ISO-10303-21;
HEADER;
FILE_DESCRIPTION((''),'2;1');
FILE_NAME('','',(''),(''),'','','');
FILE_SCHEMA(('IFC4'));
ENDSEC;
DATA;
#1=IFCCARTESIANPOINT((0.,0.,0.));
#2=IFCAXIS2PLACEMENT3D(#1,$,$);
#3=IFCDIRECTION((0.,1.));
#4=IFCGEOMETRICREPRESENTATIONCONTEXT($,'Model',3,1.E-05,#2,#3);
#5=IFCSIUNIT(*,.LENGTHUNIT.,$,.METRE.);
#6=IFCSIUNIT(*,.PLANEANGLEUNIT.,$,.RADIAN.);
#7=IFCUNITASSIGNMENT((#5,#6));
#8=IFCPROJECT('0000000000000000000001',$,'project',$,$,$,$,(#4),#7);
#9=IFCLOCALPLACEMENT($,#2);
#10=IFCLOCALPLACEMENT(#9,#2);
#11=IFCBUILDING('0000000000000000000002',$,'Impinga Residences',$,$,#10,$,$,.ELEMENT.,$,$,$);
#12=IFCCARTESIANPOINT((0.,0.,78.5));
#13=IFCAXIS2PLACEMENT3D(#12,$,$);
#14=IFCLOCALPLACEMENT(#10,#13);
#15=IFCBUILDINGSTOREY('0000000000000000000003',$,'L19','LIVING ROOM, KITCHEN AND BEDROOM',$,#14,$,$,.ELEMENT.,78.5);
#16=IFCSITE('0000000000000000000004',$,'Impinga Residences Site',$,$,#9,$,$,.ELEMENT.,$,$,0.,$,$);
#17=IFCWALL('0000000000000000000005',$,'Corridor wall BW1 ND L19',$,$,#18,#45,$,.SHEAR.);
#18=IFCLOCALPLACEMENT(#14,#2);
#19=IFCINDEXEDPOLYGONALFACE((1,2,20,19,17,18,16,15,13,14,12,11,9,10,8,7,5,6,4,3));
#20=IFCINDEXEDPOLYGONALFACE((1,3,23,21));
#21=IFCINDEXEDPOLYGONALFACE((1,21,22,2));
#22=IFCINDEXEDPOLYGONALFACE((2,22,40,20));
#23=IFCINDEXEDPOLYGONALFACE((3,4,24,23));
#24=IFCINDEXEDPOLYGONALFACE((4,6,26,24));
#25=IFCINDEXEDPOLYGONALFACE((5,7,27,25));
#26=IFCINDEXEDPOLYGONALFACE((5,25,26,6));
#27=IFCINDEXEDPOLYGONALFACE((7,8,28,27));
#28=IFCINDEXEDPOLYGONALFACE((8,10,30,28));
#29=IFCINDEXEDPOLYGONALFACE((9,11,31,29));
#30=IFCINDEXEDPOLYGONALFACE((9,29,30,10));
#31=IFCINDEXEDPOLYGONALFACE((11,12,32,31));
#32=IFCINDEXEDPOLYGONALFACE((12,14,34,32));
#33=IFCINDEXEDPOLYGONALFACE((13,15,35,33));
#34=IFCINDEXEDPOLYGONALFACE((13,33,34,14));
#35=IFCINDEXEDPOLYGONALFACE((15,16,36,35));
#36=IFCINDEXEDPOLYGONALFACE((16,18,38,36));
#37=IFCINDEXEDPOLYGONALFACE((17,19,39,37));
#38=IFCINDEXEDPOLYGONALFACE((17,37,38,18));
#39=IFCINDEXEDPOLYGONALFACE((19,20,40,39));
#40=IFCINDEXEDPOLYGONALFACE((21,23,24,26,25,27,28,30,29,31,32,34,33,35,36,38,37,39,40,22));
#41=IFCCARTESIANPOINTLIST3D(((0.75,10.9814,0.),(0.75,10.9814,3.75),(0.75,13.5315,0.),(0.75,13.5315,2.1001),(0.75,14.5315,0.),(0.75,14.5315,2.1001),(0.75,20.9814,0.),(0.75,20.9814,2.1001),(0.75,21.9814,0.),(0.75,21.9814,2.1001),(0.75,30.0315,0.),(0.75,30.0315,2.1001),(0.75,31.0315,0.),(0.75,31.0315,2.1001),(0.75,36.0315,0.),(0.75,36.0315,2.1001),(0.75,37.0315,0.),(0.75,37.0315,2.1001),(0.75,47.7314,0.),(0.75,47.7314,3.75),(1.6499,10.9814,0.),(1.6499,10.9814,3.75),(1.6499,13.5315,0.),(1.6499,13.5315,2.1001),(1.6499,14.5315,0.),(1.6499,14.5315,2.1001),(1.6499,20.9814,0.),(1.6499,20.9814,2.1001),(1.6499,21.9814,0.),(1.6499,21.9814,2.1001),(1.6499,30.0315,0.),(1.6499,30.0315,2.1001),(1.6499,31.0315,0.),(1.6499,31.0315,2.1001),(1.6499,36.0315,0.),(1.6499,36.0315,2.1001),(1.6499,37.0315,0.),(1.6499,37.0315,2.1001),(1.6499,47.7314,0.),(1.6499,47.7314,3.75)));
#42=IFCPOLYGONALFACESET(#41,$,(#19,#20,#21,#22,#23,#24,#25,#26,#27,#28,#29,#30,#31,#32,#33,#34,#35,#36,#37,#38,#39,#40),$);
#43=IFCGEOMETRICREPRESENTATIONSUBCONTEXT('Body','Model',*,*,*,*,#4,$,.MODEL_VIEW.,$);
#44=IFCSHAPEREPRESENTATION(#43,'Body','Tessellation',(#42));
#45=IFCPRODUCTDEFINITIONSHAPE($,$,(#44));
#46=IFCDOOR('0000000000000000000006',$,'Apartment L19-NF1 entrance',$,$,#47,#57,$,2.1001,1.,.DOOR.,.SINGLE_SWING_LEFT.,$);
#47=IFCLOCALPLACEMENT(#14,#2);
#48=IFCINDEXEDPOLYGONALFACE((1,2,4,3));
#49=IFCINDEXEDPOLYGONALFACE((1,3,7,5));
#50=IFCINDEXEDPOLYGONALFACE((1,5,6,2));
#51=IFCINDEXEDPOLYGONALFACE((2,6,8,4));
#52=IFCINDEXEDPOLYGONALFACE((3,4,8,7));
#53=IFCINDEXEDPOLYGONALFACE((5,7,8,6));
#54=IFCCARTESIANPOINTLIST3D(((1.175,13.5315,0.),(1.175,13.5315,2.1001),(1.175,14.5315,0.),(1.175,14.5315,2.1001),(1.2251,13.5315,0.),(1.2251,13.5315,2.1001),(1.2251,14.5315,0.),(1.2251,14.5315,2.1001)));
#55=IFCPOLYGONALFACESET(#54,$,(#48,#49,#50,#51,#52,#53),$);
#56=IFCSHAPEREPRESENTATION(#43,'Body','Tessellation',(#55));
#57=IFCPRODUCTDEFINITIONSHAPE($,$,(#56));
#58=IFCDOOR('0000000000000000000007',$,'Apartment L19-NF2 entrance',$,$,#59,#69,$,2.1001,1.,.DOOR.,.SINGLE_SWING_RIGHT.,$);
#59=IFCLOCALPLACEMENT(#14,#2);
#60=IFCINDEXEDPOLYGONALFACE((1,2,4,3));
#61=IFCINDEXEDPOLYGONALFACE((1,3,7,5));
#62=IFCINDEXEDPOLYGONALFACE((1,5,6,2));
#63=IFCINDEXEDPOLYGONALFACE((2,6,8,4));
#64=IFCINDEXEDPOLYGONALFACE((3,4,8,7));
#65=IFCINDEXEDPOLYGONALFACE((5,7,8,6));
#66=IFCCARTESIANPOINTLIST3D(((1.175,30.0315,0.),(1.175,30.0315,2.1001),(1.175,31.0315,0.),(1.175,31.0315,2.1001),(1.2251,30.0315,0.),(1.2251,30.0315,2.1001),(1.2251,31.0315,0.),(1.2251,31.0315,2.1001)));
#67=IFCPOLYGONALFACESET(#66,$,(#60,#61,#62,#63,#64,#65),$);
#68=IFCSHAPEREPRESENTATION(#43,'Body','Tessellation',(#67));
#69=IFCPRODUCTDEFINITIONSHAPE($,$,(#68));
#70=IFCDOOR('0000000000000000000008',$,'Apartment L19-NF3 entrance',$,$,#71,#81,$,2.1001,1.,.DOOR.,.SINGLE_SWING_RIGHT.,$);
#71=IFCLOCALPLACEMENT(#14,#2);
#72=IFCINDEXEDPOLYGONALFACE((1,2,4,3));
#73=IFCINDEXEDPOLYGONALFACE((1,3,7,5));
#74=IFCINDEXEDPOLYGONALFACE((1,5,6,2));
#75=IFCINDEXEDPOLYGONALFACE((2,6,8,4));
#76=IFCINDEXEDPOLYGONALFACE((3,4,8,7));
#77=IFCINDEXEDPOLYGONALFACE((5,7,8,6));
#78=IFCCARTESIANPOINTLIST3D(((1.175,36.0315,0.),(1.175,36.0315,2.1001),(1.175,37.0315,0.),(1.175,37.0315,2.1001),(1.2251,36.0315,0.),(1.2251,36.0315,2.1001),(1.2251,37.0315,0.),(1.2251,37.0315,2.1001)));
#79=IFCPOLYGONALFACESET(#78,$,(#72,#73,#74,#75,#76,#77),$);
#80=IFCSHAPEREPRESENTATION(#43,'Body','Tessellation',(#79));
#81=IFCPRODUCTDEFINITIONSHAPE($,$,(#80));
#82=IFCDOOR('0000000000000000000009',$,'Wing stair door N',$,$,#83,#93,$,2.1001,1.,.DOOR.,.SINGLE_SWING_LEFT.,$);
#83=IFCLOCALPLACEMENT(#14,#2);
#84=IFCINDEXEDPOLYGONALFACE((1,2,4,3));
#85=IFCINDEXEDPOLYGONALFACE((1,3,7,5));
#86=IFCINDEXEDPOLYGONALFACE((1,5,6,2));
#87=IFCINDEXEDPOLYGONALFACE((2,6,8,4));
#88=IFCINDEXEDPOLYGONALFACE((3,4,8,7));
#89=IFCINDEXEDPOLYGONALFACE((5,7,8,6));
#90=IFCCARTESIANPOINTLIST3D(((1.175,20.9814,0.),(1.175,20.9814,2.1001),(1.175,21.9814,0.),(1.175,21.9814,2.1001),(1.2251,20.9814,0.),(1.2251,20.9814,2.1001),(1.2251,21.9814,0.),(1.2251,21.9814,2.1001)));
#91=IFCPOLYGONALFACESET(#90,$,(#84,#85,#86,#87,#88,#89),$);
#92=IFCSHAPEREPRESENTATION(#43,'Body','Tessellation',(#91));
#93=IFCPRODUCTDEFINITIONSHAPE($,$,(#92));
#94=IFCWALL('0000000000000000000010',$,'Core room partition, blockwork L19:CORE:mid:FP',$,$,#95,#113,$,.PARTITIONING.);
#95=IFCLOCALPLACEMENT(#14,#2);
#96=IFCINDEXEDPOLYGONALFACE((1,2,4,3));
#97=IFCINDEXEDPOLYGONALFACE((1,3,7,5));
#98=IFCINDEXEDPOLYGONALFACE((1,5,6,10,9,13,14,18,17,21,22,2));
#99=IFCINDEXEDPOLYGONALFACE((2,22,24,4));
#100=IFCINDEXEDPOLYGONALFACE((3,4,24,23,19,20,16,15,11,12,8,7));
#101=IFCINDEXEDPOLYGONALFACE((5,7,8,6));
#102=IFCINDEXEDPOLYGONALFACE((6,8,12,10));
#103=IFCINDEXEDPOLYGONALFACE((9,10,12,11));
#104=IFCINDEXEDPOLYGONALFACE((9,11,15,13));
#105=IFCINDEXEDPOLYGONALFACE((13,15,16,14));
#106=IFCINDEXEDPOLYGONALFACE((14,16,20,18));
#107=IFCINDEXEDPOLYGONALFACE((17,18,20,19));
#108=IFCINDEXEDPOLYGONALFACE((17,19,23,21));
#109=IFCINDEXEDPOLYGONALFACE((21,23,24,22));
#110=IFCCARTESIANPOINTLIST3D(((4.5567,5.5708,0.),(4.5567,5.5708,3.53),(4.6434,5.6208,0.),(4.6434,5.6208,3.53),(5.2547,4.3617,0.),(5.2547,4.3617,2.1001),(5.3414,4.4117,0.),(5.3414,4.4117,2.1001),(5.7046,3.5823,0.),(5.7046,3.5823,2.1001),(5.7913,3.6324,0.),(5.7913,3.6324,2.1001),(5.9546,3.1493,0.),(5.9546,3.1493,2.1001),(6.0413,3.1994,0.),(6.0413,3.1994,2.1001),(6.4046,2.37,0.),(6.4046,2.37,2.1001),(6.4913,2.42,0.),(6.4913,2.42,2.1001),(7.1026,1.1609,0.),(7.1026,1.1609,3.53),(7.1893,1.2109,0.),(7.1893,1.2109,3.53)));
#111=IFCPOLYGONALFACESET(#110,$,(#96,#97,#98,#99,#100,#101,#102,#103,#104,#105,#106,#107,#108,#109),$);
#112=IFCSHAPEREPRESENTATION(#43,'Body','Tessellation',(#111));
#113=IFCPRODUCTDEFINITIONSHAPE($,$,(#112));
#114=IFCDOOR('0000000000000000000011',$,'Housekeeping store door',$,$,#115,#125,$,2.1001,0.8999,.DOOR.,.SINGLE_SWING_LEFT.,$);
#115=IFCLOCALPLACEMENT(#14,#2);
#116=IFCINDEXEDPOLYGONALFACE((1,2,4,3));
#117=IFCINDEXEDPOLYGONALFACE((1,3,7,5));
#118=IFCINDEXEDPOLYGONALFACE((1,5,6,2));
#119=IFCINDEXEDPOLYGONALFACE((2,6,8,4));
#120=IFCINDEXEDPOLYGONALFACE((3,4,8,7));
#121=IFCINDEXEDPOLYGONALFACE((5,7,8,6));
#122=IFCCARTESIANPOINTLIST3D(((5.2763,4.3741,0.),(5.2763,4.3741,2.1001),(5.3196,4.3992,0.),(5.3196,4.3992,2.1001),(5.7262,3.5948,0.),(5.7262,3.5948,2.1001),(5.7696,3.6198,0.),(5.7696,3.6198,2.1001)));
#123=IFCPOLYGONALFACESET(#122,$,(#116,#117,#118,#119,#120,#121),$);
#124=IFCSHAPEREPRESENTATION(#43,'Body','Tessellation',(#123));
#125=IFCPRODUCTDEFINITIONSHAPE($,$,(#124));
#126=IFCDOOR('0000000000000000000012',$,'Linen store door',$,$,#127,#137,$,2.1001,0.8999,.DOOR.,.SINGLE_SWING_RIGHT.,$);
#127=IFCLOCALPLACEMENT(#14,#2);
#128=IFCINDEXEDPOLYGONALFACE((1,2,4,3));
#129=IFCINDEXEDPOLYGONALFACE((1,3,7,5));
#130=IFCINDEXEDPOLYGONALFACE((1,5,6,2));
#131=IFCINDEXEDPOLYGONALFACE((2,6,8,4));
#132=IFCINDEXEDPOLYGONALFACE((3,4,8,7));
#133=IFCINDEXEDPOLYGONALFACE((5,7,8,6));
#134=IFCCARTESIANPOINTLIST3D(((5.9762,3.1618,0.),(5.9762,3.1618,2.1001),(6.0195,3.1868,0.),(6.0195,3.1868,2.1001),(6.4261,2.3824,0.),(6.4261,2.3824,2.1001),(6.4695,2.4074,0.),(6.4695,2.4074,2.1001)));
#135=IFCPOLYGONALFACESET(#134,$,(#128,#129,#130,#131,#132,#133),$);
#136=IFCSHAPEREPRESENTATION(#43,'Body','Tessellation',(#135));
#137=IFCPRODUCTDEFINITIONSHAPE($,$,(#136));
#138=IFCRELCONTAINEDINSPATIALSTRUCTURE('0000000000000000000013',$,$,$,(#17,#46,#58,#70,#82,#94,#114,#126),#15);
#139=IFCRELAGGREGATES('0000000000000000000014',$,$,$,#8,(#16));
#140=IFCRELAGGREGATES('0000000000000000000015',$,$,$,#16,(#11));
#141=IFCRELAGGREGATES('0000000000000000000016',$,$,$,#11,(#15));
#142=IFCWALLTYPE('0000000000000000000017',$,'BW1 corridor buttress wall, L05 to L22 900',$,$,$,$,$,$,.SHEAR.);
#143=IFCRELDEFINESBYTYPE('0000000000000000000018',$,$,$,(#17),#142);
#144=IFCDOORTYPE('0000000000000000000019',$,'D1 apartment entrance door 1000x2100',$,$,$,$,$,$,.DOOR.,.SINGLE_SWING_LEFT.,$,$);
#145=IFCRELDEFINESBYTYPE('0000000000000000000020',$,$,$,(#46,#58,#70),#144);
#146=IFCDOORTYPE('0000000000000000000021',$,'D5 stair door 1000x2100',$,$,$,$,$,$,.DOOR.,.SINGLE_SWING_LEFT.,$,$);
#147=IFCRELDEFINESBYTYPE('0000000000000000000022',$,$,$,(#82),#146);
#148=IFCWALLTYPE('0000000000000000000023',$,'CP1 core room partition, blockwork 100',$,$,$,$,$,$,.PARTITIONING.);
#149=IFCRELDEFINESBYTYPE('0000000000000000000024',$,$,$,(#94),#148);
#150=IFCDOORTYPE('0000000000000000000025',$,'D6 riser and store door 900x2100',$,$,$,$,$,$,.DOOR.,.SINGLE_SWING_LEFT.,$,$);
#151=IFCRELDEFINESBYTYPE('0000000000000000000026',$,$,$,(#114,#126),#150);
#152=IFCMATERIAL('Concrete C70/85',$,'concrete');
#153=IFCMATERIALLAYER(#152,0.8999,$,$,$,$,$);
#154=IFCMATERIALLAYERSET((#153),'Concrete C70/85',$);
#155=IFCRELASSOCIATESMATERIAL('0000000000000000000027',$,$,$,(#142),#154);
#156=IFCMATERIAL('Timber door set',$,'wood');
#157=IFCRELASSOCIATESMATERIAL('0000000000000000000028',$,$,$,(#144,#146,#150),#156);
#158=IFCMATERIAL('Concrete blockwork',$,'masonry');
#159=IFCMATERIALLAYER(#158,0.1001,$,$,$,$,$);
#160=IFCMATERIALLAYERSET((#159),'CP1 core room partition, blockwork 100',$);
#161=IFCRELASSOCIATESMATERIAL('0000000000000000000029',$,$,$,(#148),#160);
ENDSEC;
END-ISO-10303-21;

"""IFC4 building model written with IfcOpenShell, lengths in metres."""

from ifc_helpers import new_model, si_unit, direction, frame, frame_2d, origin, place, context, subcontext, project, spatial, rectangle, extrude, material, layer, layer_set, type_object, element, fill, save


model = new_model("IFC4")

# Units and contexts
model_context = context("Model", 3, precision=1e-05, world=origin(), true_north=direction((0.0, 1.0)))
body_context = subcontext(model_context, "Body", "Model", "MODEL_VIEW")
ifc_project = project(units=[si_unit("LENGTHUNIT", "METRE"), si_unit("PLANEANGLEUNIT", "RADIAN")], contexts=[model_context])

# Site, building, storey
site_placement = place(None, origin())
site = spatial("IfcSite", under=ifc_project, at=site_placement, Name="Impinga Residences Site", CompositionType="ELEMENT", RefElevation=0.0)
building_placement = place(site_placement, origin())
building = spatial("IfcBuilding", under=site, at=building_placement, Name="Impinga Residences", CompositionType="ELEMENT")
storey_placement = place(building_placement, frame((0.0, 0.0, 78.5)))
storey = spatial("IfcBuildingStorey", under=building, at=storey_placement, Name="L19", Description="LIVING ROOM, KITCHEN AND BEDROOM", CompositionType="ELEMENT", Elevation=78.5)

# Walls, openings, doors
ifc_material_1 = material(Name="Concrete C70/85", Category="concrete")
ifc_layer_1 = layer(ifc_material_1, 0.8999)
ifc_layer_set_1 = layer_set([ifc_layer_1], Name="Concrete C70/85")
wall_type_1 = type_object("IfcWallType", Name="BW1 corridor buttress wall, L05 to L22 900", PredefinedType="SHEAR", material=ifc_layer_set_1)
wall_1_placement = place(storey_placement, frame((1.2, 10.9814, 0.0), z_axis=(0.0, 0.0, 1.0), x_axis=(0.0, 1.0, 0.0)))
wall_1 = element("IfcWall", 1, at=wall_1_placement, inside=storey, type_object=wall_type_1, Name="Corridor wall BW1 ND L19", PredefinedType="SHEAR", context=body_context, shape_type="SweptSolid", body=[
    extrude(rectangle(XDim=36.75, YDim=0.8999, at=frame_2d((18.375, 0.0))), origin(), (0.0, 0.0, 1.0), 3.75),
])
opening_1_placement = place(wall_1_placement, frame((10.0, 0.0, 0.0)))
opening_1 = element("IfcOpeningElement", 2, at=opening_1_placement, cuts=wall_1, PredefinedType="OPENING", context=body_context, shape_type="SweptSolid", body=[
    extrude(rectangle(XDim=1.0, YDim=2.1001, at=frame_2d((0.5, 1.05))), frame((0.0, 0.46, 0.0), z_axis=(0.0, -1.0, 0.0), x_axis=(1.0, 0.0, 0.0)), (0.0, 0.0, 1.0), 0.9199),
])
opening_2_placement = place(wall_1_placement, frame((2.55, 0.0, 0.0)))
opening_2 = element("IfcOpeningElement", 3, at=opening_2_placement, cuts=wall_1, PredefinedType="OPENING", context=body_context, shape_type="SweptSolid", body=[
    extrude(rectangle(XDim=1.0, YDim=2.1001, at=frame_2d((0.5, 1.05))), frame((0.0, 0.46, 0.0), z_axis=(0.0, -1.0, 0.0), x_axis=(1.0, 0.0, 0.0)), (0.0, 0.0, 1.0), 0.9199),
])
opening_3_placement = place(wall_1_placement, frame((19.05, 0.0, 0.0)))
opening_3 = element("IfcOpeningElement", 4, at=opening_3_placement, cuts=wall_1, PredefinedType="OPENING", context=body_context, shape_type="SweptSolid", body=[
    extrude(rectangle(XDim=1.0, YDim=2.1001, at=frame_2d((0.5, 1.05))), frame((0.0, 0.46, 0.0), z_axis=(0.0, -1.0, 0.0), x_axis=(1.0, 0.0, 0.0)), (0.0, 0.0, 1.0), 0.9199),
])
opening_4_placement = place(wall_1_placement, frame((25.05, 0.0, 0.0)))
opening_4 = element("IfcOpeningElement", 5, at=opening_4_placement, cuts=wall_1, PredefinedType="OPENING", context=body_context, shape_type="SweptSolid", body=[
    extrude(rectangle(XDim=1.0, YDim=2.1001, at=frame_2d((0.5, 1.05))), frame((0.0, 0.46, 0.0), z_axis=(0.0, -1.0, 0.0), x_axis=(1.0, 0.0, 0.0)), (0.0, 0.0, 1.0), 0.9199),
])
ifc_material_2 = material(Name="Timber door set", Category="wood")
door_type_1 = type_object("IfcDoorType", Name="D1 apartment entrance door 1000x2100", OperationType="SINGLE_SWING_LEFT", PredefinedType="DOOR", material=ifc_material_2)
door_1_placement = place(opening_2_placement, origin())
door_1 = element("IfcDoor", 6, at=door_1_placement, inside=storey, type_object=door_type_1, Name="Apartment L19-NF1 entrance", OperationType="SINGLE_SWING_LEFT", OverallHeight=2.1001, OverallWidth=1.0, PredefinedType="DOOR", context=body_context, shape_type="SweptSolid", body=[
    extrude(rectangle(XDim=1.0, YDim=2.1001, at=frame_2d((0.5, 1.05))), frame((0.0, 0.0249, 0.0), z_axis=(0.0, -1.0, 0.0), x_axis=(1.0, 0.0, 0.0)), (0.0, 0.0, 1.0), 0.05),
])
fill(opening_2, door_1)
door_2_placement = place(opening_3_placement, origin())
door_2 = element("IfcDoor", 7, at=door_2_placement, inside=storey, type_object=door_type_1, Name="Apartment L19-NF2 entrance", OperationType="SINGLE_SWING_RIGHT", OverallHeight=2.1001, OverallWidth=1.0, PredefinedType="DOOR", context=body_context, shape_type="SweptSolid", body=[
    extrude(rectangle(XDim=1.0, YDim=2.1001, at=frame_2d((0.5, 1.05))), frame((0.0, 0.0249, 0.0), z_axis=(0.0, -1.0, 0.0), x_axis=(1.0, 0.0, 0.0)), (0.0, 0.0, 1.0), 0.05),
])
fill(opening_3, door_2)
door_3_placement = place(opening_4_placement, origin())
door_3 = element("IfcDoor", 8, at=door_3_placement, inside=storey, type_object=door_type_1, Name="Apartment L19-NF3 entrance", OperationType="SINGLE_SWING_RIGHT", OverallHeight=2.1001, OverallWidth=1.0, PredefinedType="DOOR", context=body_context, shape_type="SweptSolid", body=[
    extrude(rectangle(XDim=1.0, YDim=2.1001, at=frame_2d((0.5, 1.05))), frame((0.0, 0.0249, 0.0), z_axis=(0.0, -1.0, 0.0), x_axis=(1.0, 0.0, 0.0)), (0.0, 0.0, 1.0), 0.05),
])
fill(opening_4, door_3)
door_type_2 = type_object("IfcDoorType", Name="D5 stair door 1000x2100", OperationType="SINGLE_SWING_LEFT", PredefinedType="DOOR", material=ifc_material_2)
door_4_placement = place(opening_1_placement, origin())
door_4 = element("IfcDoor", 9, at=door_4_placement, inside=storey, type_object=door_type_2, Name="Wing stair door N", OperationType="SINGLE_SWING_LEFT", OverallHeight=2.1001, OverallWidth=1.0, PredefinedType="DOOR", context=body_context, shape_type="SweptSolid", body=[
    extrude(rectangle(XDim=1.0, YDim=2.1001, at=frame_2d((0.5, 1.05))), frame((0.0, 0.0249, 0.0), z_axis=(0.0, -1.0, 0.0), x_axis=(1.0, 0.0, 0.0)), (0.0, 0.0, 1.0), 0.05),
])
fill(opening_1, door_4)
ifc_material_3 = material(Name="Concrete blockwork", Category="masonry")
ifc_layer_2 = layer(ifc_material_3, 0.1001)
ifc_layer_set_2 = layer_set([ifc_layer_2], Name="CP1 core room partition, blockwork 100")
wall_type_2 = type_object("IfcWallType", Name="CP1 core room partition, blockwork 100", PredefinedType="PARTITIONING", material=ifc_layer_set_2)
wall_2_placement = place(storey_placement, frame((4.6001, 5.5957, 0.0), z_axis=(0.0, 0.0, 1.0), x_axis=(0.499976, -0.866039, 0.0)))
wall_2 = element("IfcWall", 10, at=wall_2_placement, inside=storey, type_object=wall_type_2, Name="Core room partition, blockwork L19:CORE:mid:FP", PredefinedType="PARTITIONING", context=body_context, shape_type="SweptSolid", body=[
    extrude(rectangle(XDim=5.092, YDim=0.1001, at=frame_2d((2.5459, 0.0))), origin(), (0.0, 0.0, 1.0), 3.53),
])
opening_5_placement = place(wall_2_placement, frame((1.396, 0.0, 0.0)))
opening_5 = element("IfcOpeningElement", 11, at=opening_5_placement, cuts=wall_2, PredefinedType="OPENING", context=body_context, shape_type="SweptSolid", body=[
    extrude(rectangle(XDim=0.8999, YDim=2.1001, at=frame_2d((0.45, 1.05))), frame((0.0, 0.0601, 0.0), z_axis=(0.0, -1.0, 0.0), x_axis=(1.0, 0.0, 0.0)), (0.0, 0.0, 1.0), 0.1201),
])
opening_6_placement = place(wall_2_placement, frame((2.7959, 0.0, 0.0)))
opening_6 = element("IfcOpeningElement", 12, at=opening_6_placement, cuts=wall_2, PredefinedType="OPENING", context=body_context, shape_type="SweptSolid", body=[
    extrude(rectangle(XDim=0.8999, YDim=2.1001, at=frame_2d((0.45, 1.05))), frame((0.0, 0.0601, 0.0), z_axis=(0.0, -1.0, 0.0), x_axis=(1.0, 0.0, 0.0)), (0.0, 0.0, 1.0), 0.1201),
])
door_type_3 = type_object("IfcDoorType", Name="D6 riser and store door 900x2100", OperationType="SINGLE_SWING_LEFT", PredefinedType="DOOR", material=ifc_material_2)
door_5_placement = place(opening_5_placement, origin())
door_5 = element("IfcDoor", 13, at=door_5_placement, inside=storey, type_object=door_type_3, Name="Housekeeping store door", OperationType="SINGLE_SWING_LEFT", OverallHeight=2.1001, OverallWidth=0.8999, PredefinedType="DOOR", context=body_context, shape_type="SweptSolid", body=[
    extrude(rectangle(XDim=0.8999, YDim=2.1001, at=frame_2d((0.45, 1.05))), frame((0.0, 0.0249, 0.0), z_axis=(0.0, -1.0, 0.0), x_axis=(1.0, 0.0, 0.0)), (0.0, 0.0, 1.0), 0.05),
])
fill(opening_5, door_5)
door_6_placement = place(opening_6_placement, origin())
door_6 = element("IfcDoor", 14, at=door_6_placement, inside=storey, type_object=door_type_3, Name="Linen store door", OperationType="SINGLE_SWING_RIGHT", OverallHeight=2.1001, OverallWidth=0.8999, PredefinedType="DOOR", context=body_context, shape_type="SweptSolid", body=[
    extrude(rectangle(XDim=0.8999, YDim=2.1001, at=frame_2d((0.45, 1.05))), frame((0.0, 0.0249, 0.0), z_axis=(0.0, -1.0, 0.0), x_axis=(1.0, 0.0, 0.0)), (0.0, 0.0, 1.0), 0.05),
])
fill(opening_6, door_6)

save(model, "model.ifc")
